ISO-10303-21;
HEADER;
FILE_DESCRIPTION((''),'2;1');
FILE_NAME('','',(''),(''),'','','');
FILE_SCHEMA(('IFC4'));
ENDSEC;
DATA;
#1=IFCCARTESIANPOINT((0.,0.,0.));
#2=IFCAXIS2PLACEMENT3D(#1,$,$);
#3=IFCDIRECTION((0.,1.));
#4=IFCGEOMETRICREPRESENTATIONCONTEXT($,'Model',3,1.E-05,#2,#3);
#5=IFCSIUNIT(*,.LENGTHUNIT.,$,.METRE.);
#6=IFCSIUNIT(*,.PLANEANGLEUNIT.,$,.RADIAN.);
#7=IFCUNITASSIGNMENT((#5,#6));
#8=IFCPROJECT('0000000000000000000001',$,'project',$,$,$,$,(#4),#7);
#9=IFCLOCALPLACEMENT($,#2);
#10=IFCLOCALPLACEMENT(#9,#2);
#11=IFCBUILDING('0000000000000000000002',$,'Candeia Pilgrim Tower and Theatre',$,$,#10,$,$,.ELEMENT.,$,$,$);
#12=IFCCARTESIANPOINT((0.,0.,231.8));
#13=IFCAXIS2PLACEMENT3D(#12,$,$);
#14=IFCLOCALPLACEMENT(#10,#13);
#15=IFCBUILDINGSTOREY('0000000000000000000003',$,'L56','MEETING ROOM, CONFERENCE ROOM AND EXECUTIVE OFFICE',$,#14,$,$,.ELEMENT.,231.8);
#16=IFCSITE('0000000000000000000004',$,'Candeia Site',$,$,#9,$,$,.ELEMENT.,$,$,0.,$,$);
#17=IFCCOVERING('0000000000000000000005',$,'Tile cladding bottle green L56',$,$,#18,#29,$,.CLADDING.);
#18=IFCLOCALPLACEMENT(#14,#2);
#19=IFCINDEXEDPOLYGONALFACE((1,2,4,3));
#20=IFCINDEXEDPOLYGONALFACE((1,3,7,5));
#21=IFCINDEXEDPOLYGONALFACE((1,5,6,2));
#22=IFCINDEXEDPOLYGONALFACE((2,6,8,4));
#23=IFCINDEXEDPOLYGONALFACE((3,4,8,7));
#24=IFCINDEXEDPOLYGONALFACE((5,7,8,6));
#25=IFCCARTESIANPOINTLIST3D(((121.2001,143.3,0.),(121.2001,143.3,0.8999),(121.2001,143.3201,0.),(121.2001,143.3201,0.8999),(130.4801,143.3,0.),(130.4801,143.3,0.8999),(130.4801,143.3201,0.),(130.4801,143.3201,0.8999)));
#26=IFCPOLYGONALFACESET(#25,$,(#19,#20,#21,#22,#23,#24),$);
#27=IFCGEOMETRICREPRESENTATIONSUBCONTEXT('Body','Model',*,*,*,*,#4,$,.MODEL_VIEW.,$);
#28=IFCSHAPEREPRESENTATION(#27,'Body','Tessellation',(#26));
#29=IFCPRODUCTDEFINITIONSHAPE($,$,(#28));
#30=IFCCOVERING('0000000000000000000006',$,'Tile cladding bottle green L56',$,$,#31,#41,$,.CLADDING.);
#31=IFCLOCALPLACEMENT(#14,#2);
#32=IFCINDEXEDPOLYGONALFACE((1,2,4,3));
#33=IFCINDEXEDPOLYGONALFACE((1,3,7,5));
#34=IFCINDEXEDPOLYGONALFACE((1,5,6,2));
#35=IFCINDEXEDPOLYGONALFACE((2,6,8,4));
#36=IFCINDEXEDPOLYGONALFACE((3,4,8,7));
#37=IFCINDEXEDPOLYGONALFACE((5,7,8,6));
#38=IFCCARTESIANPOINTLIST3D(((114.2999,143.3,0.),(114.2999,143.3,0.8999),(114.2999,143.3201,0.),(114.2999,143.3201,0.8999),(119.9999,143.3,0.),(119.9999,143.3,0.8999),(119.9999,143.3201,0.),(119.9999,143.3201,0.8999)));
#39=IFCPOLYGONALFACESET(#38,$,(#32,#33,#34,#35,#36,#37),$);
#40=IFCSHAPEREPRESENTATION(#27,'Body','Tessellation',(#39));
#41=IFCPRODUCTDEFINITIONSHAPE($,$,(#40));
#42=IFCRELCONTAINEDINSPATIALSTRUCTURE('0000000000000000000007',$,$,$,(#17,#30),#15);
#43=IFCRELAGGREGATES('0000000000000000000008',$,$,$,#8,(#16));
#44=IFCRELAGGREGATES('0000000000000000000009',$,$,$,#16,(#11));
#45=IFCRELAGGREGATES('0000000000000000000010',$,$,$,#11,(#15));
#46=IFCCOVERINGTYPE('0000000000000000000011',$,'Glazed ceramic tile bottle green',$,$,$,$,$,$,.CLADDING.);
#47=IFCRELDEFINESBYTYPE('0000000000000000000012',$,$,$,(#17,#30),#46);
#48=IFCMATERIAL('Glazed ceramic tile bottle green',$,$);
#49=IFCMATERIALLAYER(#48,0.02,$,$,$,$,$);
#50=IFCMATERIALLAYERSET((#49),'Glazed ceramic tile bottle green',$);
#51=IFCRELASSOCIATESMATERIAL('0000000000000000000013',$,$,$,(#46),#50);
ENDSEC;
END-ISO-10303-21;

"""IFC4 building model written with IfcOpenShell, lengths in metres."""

from ifc_helpers import new_model, si_unit, direction, frame, origin, origin_2d, place, context, subcontext, project, spatial, rectangle, extrude, material, layer, layer_set, type_object, element, save


model = new_model("IFC4")

# Units and contexts
model_context = context("Model", 3, precision=1e-05, world=origin(), true_north=direction((0.0, 1.0)))
body_context = subcontext(model_context, "Body", "Model", "MODEL_VIEW")
ifc_project = project(units=[si_unit("LENGTHUNIT", "METRE"), si_unit("PLANEANGLEUNIT", "RADIAN")], contexts=[model_context])

# Site, building, storey
site_placement = place(None, origin())
site = spatial("IfcSite", under=ifc_project, at=site_placement, Name="Candeia Site", CompositionType="ELEMENT", RefElevation=0.0)
building_placement = place(site_placement, origin())
building = spatial("IfcBuilding", under=site, at=building_placement, Name="Candeia Pilgrim Tower and Theatre", CompositionType="ELEMENT")
storey_placement = place(building_placement, frame((0.0, 0.0, 231.8)))
storey = spatial("IfcBuildingStorey", under=building, at=storey_placement, Name="L56", Description="MEETING ROOM, CONFERENCE ROOM AND EXECUTIVE OFFICE", CompositionType="ELEMENT", Elevation=231.8)

# Coverings
ifc_material_1 = material(Name="Glazed ceramic tile bottle green")
ifc_layer_1 = layer(ifc_material_1, 0.02)
ifc_layer_set_1 = layer_set([ifc_layer_1], Name="Glazed ceramic tile bottle green")
covering_type = type_object("IfcCoveringType", Name="Glazed ceramic tile bottle green", PredefinedType="CLADDING", material=ifc_layer_set_1)
covering_1_placement = place(storey_placement, frame((125.8401, 143.3101, 0.0), z_axis=(0.0, 0.0, 1.0), x_axis=(-1.0, 0.0, 0.0)))
element("IfcCovering", 1, at=covering_1_placement, inside=storey, type_object=covering_type, Name="Tile cladding bottle green L56", PredefinedType="CLADDING", context=body_context, shape_type="SweptSolid", body=[
    extrude(rectangle(XDim=9.28, YDim=0.02, at=origin_2d()), origin(), (0.0, 0.0, 1.0), 0.8999),
])
covering_2_placement = place(storey_placement, frame((117.1499, 143.3101, 0.0), z_axis=(0.0, 0.0, 1.0), x_axis=(-1.0, 0.0, 0.0)))
element("IfcCovering", 2, at=covering_2_placement, inside=storey, type_object=covering_type, Name="Tile cladding bottle green L56", PredefinedType="CLADDING", context=body_context, shape_type="SweptSolid", body=[
    extrude(rectangle(XDim=5.7, YDim=0.02, at=origin_2d()), origin(), (0.0, 0.0, 1.0), 0.8999),
])

save(model, "model.ifc")
